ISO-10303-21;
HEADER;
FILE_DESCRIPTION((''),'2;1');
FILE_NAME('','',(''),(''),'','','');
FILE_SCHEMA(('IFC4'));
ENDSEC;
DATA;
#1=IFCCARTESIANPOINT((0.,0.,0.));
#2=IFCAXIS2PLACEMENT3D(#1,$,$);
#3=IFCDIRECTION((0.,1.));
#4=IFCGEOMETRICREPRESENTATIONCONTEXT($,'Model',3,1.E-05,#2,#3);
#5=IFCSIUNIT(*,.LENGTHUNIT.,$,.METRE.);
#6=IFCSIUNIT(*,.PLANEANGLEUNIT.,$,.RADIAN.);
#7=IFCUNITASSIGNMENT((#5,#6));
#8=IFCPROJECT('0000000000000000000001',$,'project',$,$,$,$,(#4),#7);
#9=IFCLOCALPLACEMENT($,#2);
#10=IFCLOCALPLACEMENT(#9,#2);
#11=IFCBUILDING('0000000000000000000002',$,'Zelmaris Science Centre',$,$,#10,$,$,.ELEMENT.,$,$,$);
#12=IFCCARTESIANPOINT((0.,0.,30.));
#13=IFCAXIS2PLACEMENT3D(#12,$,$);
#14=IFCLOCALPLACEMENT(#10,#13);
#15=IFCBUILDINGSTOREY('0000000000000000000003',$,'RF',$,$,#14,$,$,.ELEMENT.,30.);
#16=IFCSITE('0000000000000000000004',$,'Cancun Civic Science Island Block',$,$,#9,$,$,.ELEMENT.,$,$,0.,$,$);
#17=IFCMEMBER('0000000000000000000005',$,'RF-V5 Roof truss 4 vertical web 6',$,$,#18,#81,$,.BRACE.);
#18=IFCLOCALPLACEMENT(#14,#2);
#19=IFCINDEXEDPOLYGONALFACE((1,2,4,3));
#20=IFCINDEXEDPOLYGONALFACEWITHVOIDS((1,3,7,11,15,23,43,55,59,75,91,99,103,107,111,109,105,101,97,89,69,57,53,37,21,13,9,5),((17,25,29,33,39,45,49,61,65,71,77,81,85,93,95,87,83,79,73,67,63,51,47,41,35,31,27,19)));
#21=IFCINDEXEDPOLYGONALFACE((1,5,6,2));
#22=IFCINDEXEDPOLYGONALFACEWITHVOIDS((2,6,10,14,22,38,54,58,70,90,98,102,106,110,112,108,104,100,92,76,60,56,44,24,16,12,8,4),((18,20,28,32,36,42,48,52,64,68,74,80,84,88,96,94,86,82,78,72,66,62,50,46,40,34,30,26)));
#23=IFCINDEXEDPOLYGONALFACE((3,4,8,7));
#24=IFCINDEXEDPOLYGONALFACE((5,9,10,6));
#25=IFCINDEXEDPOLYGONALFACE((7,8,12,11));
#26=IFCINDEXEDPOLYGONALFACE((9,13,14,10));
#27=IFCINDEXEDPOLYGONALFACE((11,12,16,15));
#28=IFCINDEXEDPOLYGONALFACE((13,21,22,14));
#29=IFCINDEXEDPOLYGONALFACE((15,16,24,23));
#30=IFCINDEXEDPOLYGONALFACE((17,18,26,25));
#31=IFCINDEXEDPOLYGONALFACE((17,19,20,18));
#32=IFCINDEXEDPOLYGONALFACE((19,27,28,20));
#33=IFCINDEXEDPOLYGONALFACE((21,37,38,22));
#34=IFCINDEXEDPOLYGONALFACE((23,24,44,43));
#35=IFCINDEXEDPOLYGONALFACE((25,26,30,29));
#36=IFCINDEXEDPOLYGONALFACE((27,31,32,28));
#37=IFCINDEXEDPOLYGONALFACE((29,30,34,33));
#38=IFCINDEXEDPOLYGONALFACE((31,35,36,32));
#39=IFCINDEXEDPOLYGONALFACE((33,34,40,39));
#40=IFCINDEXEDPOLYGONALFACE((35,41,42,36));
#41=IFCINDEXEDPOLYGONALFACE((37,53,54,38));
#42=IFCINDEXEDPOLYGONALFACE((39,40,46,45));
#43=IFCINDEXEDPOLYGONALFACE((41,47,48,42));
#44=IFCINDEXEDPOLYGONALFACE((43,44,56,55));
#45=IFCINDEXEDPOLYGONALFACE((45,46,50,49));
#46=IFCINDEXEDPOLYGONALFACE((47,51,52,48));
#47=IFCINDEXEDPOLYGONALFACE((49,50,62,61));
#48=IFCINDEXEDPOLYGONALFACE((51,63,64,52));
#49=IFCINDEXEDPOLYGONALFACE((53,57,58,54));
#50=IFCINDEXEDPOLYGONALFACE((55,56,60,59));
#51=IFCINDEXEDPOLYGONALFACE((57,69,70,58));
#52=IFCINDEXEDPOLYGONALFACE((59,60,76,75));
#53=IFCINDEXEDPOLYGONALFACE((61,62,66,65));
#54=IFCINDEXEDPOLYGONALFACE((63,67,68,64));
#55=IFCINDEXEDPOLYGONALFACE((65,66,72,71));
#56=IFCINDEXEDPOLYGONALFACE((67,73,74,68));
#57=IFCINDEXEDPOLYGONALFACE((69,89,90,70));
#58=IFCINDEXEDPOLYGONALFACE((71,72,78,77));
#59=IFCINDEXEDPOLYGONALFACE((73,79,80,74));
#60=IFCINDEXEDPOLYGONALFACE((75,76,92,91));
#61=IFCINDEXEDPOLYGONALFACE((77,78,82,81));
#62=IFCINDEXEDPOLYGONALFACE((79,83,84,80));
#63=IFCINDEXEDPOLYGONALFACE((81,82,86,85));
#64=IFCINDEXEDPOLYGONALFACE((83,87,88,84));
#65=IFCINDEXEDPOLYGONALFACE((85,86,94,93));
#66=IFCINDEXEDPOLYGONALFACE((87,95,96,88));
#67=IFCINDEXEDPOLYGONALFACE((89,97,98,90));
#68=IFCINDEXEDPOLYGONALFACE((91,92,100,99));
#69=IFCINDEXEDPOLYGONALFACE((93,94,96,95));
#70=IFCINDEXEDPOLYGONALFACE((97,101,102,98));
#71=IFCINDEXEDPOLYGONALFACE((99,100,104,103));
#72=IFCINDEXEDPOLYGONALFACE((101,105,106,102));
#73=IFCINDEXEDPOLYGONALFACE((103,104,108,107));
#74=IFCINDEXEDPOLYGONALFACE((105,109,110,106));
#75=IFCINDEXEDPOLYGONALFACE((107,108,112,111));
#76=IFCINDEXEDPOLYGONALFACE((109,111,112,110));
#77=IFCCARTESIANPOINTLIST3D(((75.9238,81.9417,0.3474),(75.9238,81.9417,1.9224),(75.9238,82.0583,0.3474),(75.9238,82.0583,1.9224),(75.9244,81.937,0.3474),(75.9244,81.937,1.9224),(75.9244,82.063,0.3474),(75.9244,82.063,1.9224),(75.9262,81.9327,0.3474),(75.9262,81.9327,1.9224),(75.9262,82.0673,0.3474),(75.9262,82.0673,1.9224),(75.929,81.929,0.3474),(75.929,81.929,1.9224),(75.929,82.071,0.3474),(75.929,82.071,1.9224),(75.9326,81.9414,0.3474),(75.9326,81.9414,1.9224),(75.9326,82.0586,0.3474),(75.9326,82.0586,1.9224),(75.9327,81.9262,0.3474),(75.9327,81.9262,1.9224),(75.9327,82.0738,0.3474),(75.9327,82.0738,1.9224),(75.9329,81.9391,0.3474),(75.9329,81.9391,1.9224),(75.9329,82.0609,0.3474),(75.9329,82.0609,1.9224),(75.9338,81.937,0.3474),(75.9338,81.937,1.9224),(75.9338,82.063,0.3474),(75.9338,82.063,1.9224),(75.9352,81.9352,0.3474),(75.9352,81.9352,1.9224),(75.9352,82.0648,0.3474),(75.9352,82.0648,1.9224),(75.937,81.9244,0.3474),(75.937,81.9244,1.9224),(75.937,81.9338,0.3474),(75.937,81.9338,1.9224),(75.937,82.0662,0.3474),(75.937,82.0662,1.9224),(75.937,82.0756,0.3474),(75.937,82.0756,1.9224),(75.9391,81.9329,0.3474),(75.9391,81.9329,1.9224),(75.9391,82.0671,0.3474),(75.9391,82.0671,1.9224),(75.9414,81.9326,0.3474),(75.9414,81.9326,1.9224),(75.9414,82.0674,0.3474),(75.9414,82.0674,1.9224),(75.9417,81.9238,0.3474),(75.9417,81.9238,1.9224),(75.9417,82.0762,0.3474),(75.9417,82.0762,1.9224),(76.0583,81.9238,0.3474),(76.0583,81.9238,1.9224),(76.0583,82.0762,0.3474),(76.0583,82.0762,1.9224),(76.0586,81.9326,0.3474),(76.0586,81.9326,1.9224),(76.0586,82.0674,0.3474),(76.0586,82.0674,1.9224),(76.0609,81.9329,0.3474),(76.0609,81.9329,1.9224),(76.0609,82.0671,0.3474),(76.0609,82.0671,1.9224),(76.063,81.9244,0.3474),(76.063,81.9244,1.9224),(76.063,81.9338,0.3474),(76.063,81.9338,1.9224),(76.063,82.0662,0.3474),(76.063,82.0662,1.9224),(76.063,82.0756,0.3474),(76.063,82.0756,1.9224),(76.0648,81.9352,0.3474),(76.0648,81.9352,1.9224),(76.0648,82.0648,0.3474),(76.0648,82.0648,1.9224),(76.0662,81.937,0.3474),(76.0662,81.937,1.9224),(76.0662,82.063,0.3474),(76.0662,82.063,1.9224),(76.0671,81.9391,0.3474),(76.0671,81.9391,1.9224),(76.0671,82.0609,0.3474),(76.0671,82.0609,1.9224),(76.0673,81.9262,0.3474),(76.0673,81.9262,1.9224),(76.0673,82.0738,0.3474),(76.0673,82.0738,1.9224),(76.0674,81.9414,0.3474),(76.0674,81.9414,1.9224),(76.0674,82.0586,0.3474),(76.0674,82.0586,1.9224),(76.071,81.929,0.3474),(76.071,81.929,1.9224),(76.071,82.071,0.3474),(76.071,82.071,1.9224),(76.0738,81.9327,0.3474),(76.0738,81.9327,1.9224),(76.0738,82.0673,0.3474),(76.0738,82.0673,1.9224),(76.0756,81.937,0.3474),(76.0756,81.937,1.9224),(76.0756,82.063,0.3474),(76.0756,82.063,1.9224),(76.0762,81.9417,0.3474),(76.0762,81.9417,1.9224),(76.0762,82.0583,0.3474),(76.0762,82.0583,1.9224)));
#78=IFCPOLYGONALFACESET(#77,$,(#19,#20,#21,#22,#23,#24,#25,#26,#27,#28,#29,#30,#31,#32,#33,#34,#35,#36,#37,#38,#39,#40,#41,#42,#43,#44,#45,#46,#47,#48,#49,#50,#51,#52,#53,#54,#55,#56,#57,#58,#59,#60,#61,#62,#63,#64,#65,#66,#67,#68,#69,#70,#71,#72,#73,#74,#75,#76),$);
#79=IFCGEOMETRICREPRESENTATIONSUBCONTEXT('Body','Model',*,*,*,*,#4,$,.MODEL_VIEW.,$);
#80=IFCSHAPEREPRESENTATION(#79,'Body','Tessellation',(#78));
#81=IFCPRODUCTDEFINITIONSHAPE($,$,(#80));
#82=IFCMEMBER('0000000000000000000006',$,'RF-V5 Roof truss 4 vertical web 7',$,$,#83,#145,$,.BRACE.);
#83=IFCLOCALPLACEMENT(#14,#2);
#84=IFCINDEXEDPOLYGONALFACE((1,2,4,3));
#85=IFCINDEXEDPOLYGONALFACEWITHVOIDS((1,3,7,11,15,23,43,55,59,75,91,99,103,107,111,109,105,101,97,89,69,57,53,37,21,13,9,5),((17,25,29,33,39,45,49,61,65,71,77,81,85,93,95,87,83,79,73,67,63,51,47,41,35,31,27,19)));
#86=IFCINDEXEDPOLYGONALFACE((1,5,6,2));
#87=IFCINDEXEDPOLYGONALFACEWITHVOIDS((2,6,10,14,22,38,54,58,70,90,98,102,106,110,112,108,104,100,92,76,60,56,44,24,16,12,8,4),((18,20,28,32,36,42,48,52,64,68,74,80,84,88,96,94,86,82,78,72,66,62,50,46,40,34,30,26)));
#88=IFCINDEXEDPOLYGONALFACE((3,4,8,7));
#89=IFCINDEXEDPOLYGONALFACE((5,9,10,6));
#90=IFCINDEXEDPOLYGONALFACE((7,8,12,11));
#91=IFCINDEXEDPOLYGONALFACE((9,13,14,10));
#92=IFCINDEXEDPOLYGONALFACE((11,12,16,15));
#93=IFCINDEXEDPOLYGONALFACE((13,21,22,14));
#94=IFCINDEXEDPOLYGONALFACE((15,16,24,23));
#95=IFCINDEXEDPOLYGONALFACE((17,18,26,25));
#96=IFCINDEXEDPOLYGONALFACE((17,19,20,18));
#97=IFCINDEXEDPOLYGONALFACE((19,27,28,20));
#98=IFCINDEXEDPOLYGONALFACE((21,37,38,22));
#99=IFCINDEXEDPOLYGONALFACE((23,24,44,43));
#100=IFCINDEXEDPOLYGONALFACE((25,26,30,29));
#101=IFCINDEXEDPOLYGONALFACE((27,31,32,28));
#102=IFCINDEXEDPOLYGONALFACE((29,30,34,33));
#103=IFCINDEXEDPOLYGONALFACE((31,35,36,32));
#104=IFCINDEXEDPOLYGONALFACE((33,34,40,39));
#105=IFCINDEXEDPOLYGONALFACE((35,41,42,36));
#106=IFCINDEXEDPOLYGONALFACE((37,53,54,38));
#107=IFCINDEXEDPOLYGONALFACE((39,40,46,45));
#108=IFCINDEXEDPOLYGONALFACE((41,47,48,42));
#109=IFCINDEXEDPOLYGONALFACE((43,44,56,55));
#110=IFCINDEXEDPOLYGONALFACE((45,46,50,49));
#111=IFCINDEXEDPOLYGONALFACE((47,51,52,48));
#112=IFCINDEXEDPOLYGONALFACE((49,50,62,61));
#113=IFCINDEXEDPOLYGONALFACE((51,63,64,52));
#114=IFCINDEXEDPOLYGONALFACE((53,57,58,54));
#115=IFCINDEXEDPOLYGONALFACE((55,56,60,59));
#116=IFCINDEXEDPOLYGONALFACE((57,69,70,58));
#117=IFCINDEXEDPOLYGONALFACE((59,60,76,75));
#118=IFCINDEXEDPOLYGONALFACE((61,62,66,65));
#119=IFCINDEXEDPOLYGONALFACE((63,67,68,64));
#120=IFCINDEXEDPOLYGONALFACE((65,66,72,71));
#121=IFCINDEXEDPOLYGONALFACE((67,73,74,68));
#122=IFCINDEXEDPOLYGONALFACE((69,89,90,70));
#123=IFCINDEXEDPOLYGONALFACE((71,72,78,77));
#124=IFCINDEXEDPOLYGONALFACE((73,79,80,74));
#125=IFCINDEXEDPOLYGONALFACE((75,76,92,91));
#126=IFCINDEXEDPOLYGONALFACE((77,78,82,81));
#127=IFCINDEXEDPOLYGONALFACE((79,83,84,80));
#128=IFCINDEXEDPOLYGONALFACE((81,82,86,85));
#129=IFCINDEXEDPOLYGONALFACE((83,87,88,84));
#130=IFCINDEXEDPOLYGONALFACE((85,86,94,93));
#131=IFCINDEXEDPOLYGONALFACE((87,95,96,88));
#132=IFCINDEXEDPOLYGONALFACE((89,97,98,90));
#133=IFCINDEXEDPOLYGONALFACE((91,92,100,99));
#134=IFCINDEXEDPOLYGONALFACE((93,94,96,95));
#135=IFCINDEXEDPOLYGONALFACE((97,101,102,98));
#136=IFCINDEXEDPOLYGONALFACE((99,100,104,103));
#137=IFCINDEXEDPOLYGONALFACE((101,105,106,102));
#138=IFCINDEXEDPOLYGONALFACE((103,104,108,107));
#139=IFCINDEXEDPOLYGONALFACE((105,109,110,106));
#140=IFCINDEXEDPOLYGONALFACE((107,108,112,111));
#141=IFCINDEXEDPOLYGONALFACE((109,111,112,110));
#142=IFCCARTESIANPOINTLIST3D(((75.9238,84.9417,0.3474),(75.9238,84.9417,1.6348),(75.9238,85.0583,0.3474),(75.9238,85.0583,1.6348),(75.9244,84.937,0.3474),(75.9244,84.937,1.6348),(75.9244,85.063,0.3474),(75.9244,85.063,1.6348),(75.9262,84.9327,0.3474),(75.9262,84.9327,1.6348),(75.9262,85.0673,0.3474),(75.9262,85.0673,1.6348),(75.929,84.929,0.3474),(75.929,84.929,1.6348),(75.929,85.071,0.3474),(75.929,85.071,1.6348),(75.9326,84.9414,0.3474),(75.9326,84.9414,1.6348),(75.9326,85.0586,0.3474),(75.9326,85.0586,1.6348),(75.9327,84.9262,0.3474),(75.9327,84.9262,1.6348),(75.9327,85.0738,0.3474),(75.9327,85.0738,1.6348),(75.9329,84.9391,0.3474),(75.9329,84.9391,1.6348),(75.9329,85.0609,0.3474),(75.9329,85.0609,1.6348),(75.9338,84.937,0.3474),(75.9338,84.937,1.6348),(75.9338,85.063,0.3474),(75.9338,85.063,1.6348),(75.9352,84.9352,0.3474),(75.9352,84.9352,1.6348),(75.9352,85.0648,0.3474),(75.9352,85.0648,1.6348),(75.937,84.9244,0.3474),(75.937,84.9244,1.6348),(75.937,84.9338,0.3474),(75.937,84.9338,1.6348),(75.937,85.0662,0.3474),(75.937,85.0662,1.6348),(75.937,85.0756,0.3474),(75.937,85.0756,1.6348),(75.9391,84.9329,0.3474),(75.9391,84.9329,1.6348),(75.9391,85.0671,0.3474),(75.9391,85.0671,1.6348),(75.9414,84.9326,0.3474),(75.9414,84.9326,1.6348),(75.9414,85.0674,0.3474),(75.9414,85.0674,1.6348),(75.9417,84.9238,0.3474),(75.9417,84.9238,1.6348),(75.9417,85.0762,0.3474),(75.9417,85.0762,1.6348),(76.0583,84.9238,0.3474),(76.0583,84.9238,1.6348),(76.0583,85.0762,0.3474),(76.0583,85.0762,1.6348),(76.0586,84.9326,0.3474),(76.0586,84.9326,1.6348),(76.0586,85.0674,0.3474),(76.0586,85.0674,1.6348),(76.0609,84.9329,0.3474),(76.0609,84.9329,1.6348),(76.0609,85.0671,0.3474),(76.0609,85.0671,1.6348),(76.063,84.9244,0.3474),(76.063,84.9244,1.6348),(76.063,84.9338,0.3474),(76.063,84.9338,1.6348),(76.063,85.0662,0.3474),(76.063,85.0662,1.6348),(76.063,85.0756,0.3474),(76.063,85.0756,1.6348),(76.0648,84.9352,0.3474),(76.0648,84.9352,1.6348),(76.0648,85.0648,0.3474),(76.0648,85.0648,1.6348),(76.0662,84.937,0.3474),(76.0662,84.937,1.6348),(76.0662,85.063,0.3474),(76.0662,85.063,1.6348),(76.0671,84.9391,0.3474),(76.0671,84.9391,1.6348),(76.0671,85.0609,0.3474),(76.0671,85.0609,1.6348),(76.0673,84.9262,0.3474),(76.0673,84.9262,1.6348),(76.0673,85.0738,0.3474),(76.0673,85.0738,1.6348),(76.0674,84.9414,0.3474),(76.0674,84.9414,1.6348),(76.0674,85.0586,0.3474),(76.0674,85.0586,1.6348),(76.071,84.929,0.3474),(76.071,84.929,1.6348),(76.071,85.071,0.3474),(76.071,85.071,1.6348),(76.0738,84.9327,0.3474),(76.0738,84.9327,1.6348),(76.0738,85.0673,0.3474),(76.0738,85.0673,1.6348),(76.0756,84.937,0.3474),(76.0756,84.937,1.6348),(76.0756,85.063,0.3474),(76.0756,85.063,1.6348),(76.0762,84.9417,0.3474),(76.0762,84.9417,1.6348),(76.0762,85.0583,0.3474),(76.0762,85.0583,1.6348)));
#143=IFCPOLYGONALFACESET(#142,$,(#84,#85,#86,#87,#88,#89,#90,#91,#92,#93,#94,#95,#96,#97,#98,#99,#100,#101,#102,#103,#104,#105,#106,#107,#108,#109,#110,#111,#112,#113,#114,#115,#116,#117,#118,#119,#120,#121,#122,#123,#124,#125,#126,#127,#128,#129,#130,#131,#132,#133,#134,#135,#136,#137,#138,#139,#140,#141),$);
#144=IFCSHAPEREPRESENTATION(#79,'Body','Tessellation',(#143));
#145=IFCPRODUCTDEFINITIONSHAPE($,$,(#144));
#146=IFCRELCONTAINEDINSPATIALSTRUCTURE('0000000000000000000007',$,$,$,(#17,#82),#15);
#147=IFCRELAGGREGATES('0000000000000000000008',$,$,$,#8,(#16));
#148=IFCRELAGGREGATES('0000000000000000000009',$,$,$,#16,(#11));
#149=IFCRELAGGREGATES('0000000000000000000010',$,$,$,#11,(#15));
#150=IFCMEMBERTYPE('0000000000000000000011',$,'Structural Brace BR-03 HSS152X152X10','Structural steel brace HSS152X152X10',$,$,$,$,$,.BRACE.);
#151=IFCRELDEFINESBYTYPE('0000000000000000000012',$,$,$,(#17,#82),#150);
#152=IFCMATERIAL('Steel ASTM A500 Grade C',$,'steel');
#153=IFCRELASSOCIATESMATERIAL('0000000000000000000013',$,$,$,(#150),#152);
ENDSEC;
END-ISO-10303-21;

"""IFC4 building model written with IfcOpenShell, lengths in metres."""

from ifc_helpers import new_model, si_unit, direction, frame, origin, origin_2d, place, context, subcontext, project, spatial, hollow_rectangle, extrude, material, material_profile, profile_set, type_object, element, save


model = new_model("IFC4")

# Units and contexts
model_context = context("Model", 3, precision=1e-05, world=origin(), true_north=direction((0.0, 1.0)))
body_context = subcontext(model_context, "Body", "Model", "MODEL_VIEW")
ifc_project = project(units=[si_unit("LENGTHUNIT", "METRE"), si_unit("PLANEANGLEUNIT", "RADIAN")], contexts=[model_context])

# Site, building, storey
site_placement = place(None, origin())
site = spatial("IfcSite", under=ifc_project, at=site_placement, Name="Cancun Civic Science Island Block", CompositionType="ELEMENT", RefElevation=0.0)
building_placement = place(site_placement, origin())
building = spatial("IfcBuilding", under=site, at=building_placement, Name="Zelmaris Science Centre", CompositionType="ELEMENT")
storey_placement = place(building_placement, frame((0.0, 0.0, 30.0)))
storey = spatial("IfcBuildingStorey", under=building, at=storey_placement, Name="RF", CompositionType="ELEMENT", Elevation=30.0)

# Shared definitions
ifc_material = material(Name="Steel ASTM A500 Grade C", Category="steel")

# Members
ifc_material_profile_1 = material_profile(ifc_material, hollow_rectangle(XDim=0.1523, YDim=0.1523, WallThickness=0.0088, InnerFilletRadius=0.0088, OuterFilletRadius=0.0178, at=origin_2d()), Name="HSS152X152X10")
ifc_profile_set_1 = profile_set([ifc_material_profile_1], Name="Steel ASTM A500 Grade C")
member_type_1 = type_object("IfcMemberType", Name="Structural Brace BR-03 HSS152X152X10", Description="Structural steel brace HSS152X152X10", PredefinedType="BRACE", material=ifc_profile_set_1)
member_1_placement = place(storey_placement, frame((76.0, 82.0, 0.3474), z_axis=(0.0, 0.0, 1.0), x_axis=(1.0, 0.0, 0.0)))
element("IfcMember", 1, at=member_1_placement, inside=storey, type_object=member_type_1, Name="RF-V5 Roof truss 4 vertical web 6", PredefinedType="BRACE", context=body_context, shape_type="SweptSolid", body=[
    extrude(hollow_rectangle(XDim=0.1523, YDim=0.1523, WallThickness=0.0088, InnerFilletRadius=0.0088, OuterFilletRadius=0.0178, at=origin_2d()), origin(), (0.0, 0.0, 1.0), 1.575),
])
member_2_placement = place(storey_placement, frame((76.0, 85.0, 0.3474), z_axis=(0.0, 0.0, 1.0), x_axis=(1.0, 0.0, 0.0)))
element("IfcMember", 2, at=member_2_placement, inside=storey, type_object=member_type_1, Name="RF-V5 Roof truss 4 vertical web 7", PredefinedType="BRACE", context=body_context, shape_type="SweptSolid", body=[
    extrude(hollow_rectangle(XDim=0.1523, YDim=0.1523, WallThickness=0.0088, InnerFilletRadius=0.0088, OuterFilletRadius=0.0178, at=origin_2d()), origin(), (0.0, 0.0, 1.0), 1.2874),
])

save(model, "model.ifc")
